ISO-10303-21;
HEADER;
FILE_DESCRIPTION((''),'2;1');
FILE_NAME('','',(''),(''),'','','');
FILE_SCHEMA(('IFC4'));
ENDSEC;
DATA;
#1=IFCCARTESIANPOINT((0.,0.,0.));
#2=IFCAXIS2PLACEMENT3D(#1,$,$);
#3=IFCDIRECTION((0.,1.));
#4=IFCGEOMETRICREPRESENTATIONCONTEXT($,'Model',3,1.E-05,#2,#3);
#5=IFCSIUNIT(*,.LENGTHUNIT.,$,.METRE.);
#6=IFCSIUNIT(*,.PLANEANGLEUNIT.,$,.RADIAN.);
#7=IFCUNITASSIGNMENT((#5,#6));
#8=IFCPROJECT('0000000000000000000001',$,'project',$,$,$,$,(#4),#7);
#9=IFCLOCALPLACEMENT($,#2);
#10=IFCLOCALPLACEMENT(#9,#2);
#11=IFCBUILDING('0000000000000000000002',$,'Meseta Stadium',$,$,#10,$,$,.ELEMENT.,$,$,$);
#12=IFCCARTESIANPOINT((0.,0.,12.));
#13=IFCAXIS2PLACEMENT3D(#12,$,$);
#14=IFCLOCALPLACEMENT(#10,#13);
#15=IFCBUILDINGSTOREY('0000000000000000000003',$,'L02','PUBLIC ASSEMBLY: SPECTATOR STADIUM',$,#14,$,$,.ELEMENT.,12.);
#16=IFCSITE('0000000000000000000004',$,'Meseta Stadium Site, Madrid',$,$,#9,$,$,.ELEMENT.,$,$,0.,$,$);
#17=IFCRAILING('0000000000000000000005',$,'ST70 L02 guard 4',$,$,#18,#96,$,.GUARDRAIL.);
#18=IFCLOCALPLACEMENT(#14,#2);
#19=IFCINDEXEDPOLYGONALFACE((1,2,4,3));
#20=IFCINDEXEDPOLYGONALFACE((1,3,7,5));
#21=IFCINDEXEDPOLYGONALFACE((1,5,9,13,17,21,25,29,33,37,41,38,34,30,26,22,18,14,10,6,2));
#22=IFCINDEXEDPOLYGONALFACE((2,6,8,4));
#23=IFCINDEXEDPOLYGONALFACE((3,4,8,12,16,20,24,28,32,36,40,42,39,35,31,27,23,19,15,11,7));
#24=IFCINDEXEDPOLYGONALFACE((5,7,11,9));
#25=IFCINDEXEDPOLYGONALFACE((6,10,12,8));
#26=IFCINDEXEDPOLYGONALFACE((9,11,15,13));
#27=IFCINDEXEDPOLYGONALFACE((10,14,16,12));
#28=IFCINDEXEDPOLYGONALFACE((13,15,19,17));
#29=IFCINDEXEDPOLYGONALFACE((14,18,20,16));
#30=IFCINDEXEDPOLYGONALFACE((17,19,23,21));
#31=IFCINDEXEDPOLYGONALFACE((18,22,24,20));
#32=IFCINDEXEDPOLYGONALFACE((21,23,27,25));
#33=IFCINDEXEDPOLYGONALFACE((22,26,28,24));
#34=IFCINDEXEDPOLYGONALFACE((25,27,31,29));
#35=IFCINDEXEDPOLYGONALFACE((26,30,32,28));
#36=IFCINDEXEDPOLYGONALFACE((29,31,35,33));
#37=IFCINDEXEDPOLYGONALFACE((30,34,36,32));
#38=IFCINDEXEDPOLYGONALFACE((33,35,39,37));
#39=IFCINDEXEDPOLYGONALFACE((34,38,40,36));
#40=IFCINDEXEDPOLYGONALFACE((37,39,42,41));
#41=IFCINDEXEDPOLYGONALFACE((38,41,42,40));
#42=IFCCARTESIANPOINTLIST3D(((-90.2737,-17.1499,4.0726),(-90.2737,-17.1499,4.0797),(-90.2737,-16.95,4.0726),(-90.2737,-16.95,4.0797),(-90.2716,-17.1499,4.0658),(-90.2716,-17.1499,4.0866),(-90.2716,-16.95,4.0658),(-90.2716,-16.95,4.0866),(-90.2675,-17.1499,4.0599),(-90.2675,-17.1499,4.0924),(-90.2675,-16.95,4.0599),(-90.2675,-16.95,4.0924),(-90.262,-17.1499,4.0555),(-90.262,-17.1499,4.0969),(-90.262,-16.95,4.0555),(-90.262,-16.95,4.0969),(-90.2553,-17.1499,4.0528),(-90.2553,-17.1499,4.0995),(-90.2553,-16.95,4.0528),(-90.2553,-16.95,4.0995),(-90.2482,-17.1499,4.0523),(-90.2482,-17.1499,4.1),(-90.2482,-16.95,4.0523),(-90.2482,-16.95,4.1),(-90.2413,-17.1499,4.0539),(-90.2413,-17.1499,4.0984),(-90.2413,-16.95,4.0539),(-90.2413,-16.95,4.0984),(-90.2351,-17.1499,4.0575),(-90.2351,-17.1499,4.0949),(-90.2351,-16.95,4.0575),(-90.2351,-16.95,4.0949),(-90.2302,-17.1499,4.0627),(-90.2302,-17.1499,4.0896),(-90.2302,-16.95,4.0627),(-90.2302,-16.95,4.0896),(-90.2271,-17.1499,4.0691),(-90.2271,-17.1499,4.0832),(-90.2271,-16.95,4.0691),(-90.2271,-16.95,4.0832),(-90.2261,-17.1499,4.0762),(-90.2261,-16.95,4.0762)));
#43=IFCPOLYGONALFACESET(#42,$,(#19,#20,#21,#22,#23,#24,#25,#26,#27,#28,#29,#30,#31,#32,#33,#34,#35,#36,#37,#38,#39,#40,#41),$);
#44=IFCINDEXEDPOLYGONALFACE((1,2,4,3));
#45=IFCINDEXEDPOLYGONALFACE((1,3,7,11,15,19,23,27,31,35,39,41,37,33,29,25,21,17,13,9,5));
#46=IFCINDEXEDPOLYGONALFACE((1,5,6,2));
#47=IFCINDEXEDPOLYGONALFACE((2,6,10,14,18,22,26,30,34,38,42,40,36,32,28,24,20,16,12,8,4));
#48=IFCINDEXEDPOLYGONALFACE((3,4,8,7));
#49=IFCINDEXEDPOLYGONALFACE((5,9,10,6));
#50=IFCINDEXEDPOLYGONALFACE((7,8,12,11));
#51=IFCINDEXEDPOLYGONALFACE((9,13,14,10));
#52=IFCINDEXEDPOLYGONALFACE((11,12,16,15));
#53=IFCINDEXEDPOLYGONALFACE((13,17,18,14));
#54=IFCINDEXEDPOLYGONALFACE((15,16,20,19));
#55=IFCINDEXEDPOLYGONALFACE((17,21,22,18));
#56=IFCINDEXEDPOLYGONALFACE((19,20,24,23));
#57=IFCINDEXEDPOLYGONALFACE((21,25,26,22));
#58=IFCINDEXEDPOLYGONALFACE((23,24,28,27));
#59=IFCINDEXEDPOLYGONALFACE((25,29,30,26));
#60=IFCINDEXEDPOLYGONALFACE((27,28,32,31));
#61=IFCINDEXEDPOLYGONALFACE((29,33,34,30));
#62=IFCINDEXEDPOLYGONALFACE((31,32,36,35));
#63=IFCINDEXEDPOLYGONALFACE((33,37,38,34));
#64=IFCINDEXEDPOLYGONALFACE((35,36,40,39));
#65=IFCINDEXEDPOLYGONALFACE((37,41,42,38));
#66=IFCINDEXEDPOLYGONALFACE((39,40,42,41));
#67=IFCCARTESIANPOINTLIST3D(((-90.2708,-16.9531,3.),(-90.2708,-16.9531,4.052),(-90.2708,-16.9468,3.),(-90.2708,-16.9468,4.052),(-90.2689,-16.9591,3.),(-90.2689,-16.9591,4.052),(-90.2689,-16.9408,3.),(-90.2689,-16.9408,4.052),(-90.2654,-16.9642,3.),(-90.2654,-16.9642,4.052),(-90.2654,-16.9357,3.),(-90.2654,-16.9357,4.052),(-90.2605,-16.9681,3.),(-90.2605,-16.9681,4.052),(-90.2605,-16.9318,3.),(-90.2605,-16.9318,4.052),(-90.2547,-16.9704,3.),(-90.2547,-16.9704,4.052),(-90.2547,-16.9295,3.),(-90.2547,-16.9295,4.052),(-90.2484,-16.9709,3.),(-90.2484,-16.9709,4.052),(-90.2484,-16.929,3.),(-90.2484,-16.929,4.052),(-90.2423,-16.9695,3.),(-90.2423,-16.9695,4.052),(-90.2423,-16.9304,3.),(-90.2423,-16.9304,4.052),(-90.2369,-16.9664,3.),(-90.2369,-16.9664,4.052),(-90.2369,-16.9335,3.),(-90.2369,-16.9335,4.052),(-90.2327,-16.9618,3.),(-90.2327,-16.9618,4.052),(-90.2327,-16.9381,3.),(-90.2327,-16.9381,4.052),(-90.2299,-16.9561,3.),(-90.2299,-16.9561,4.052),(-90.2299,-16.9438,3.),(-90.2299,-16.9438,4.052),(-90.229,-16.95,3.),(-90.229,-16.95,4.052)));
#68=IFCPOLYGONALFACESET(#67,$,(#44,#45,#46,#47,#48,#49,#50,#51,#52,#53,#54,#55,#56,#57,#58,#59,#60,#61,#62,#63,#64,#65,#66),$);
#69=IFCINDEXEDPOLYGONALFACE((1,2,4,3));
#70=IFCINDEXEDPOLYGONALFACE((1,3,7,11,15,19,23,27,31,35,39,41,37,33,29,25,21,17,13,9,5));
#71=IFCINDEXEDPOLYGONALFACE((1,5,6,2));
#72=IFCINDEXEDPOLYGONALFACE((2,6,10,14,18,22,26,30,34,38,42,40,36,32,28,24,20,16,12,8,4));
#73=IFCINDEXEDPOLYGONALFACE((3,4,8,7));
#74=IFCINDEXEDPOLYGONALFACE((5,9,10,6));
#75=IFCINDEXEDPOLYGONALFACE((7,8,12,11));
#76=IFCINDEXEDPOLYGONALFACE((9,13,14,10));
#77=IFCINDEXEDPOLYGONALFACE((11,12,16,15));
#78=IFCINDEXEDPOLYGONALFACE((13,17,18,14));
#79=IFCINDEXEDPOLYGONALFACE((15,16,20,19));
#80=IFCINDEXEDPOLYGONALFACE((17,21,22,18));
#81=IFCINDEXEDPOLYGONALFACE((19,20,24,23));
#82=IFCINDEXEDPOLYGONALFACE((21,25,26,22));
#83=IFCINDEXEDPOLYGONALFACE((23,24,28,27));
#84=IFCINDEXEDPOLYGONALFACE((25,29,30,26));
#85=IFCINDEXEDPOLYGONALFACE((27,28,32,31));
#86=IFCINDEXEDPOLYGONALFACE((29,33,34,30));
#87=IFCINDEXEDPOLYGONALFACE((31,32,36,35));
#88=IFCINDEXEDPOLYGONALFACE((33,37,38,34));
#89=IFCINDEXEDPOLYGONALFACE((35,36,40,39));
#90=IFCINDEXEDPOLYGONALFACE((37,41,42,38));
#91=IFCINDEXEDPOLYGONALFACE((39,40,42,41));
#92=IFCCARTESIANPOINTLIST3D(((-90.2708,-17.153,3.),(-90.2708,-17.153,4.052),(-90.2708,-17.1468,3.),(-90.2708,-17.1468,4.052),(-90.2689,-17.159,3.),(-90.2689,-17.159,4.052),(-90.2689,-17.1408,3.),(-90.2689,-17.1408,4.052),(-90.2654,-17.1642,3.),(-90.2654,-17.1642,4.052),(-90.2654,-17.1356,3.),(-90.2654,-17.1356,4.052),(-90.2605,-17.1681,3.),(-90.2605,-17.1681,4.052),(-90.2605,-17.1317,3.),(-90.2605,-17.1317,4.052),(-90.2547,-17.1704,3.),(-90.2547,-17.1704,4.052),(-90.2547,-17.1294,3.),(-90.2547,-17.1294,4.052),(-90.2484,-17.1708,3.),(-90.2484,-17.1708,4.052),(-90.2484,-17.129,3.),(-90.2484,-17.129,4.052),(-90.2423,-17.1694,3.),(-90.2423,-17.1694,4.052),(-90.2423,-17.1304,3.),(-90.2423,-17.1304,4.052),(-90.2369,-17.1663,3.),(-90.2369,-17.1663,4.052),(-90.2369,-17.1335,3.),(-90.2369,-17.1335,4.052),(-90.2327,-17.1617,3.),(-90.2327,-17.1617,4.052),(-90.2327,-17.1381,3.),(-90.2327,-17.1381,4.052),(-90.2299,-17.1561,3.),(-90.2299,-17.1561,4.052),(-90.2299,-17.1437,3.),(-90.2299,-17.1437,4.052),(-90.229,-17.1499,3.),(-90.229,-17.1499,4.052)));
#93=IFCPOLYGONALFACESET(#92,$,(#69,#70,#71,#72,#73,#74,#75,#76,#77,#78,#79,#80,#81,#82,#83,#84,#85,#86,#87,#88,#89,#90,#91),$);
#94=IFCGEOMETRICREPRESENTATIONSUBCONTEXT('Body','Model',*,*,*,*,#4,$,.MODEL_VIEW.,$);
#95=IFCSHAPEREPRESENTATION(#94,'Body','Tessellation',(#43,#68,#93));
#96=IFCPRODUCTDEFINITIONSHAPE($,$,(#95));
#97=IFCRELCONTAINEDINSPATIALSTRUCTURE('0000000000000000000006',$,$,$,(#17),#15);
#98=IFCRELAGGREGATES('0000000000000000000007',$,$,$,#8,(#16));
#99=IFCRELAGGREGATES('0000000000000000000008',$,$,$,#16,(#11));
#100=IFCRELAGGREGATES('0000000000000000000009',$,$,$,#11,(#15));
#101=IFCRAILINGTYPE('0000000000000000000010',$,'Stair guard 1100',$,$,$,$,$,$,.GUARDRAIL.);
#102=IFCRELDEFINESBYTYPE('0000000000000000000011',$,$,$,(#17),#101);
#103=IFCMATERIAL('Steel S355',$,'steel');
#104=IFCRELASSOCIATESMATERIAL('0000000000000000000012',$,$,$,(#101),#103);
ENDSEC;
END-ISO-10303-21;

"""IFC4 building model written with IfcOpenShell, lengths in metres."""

from ifc_helpers import new_model, si_unit, direction, frame, origin, origin_2d, place, context, subcontext, project, spatial, circle, extrude, material, type_object, element, save


model = new_model("IFC4")

# Units and contexts
model_context = context("Model", 3, precision=1e-05, world=origin(), true_north=direction((0.0, 1.0)))
body_context = subcontext(model_context, "Body", "Model", "MODEL_VIEW")
ifc_project = project(units=[si_unit("LENGTHUNIT", "METRE"), si_unit("PLANEANGLEUNIT", "RADIAN")], contexts=[model_context])

# Site, building, storey
site_placement = place(None, origin())
site = spatial("IfcSite", under=ifc_project, at=site_placement, Name="Meseta Stadium Site, Madrid", CompositionType="ELEMENT", RefElevation=0.0)
building_placement = place(site_placement, origin())
building = spatial("IfcBuilding", under=site, at=building_placement, Name="Meseta Stadium", CompositionType="ELEMENT")
storey_placement = place(building_placement, frame((0.0, 0.0, 12.0)))
storey = spatial("IfcBuildingStorey", under=building, at=storey_placement, Name="L02", Description="PUBLIC ASSEMBLY: SPECTATOR STADIUM", CompositionType="ELEMENT", Elevation=12.0)

# Railing
ifc_material_1 = material(Name="Steel S355", Category="steel")
railing_type_1 = type_object("IfcRailingType", Name="Stair guard 1100", PredefinedType="GUARDRAIL", material=ifc_material_1)
railing_1_placement = place(storey_placement, frame((-90.25, -16.95, 3.0)))
element("IfcRailing", 1, at=railing_1_placement, inside=storey, type_object=railing_type_1, Name="ST70 L02 guard 4", PredefinedType="GUARDRAIL", context=body_context, shape_type="SweptSolid", body=[
    extrude(circle(Radius=0.0239, at=origin_2d()), frame((0.0, 0.0, 1.0762), z_axis=(0.0, -1.0, 0.0), x_axis=(1.0, 0.0, 0.0)), (0.0, 0.0, 1.0), 0.2),
    extrude(circle(Radius=0.021, at=origin_2d()), origin(), (0.0, 0.0, 1.0), 1.052),
    extrude(circle(Radius=0.021, at=origin_2d()), frame((0.0, -0.2, 0.0)), (0.0, 0.0, 1.0), 1.052),
])

save(model, "model.ifc")
